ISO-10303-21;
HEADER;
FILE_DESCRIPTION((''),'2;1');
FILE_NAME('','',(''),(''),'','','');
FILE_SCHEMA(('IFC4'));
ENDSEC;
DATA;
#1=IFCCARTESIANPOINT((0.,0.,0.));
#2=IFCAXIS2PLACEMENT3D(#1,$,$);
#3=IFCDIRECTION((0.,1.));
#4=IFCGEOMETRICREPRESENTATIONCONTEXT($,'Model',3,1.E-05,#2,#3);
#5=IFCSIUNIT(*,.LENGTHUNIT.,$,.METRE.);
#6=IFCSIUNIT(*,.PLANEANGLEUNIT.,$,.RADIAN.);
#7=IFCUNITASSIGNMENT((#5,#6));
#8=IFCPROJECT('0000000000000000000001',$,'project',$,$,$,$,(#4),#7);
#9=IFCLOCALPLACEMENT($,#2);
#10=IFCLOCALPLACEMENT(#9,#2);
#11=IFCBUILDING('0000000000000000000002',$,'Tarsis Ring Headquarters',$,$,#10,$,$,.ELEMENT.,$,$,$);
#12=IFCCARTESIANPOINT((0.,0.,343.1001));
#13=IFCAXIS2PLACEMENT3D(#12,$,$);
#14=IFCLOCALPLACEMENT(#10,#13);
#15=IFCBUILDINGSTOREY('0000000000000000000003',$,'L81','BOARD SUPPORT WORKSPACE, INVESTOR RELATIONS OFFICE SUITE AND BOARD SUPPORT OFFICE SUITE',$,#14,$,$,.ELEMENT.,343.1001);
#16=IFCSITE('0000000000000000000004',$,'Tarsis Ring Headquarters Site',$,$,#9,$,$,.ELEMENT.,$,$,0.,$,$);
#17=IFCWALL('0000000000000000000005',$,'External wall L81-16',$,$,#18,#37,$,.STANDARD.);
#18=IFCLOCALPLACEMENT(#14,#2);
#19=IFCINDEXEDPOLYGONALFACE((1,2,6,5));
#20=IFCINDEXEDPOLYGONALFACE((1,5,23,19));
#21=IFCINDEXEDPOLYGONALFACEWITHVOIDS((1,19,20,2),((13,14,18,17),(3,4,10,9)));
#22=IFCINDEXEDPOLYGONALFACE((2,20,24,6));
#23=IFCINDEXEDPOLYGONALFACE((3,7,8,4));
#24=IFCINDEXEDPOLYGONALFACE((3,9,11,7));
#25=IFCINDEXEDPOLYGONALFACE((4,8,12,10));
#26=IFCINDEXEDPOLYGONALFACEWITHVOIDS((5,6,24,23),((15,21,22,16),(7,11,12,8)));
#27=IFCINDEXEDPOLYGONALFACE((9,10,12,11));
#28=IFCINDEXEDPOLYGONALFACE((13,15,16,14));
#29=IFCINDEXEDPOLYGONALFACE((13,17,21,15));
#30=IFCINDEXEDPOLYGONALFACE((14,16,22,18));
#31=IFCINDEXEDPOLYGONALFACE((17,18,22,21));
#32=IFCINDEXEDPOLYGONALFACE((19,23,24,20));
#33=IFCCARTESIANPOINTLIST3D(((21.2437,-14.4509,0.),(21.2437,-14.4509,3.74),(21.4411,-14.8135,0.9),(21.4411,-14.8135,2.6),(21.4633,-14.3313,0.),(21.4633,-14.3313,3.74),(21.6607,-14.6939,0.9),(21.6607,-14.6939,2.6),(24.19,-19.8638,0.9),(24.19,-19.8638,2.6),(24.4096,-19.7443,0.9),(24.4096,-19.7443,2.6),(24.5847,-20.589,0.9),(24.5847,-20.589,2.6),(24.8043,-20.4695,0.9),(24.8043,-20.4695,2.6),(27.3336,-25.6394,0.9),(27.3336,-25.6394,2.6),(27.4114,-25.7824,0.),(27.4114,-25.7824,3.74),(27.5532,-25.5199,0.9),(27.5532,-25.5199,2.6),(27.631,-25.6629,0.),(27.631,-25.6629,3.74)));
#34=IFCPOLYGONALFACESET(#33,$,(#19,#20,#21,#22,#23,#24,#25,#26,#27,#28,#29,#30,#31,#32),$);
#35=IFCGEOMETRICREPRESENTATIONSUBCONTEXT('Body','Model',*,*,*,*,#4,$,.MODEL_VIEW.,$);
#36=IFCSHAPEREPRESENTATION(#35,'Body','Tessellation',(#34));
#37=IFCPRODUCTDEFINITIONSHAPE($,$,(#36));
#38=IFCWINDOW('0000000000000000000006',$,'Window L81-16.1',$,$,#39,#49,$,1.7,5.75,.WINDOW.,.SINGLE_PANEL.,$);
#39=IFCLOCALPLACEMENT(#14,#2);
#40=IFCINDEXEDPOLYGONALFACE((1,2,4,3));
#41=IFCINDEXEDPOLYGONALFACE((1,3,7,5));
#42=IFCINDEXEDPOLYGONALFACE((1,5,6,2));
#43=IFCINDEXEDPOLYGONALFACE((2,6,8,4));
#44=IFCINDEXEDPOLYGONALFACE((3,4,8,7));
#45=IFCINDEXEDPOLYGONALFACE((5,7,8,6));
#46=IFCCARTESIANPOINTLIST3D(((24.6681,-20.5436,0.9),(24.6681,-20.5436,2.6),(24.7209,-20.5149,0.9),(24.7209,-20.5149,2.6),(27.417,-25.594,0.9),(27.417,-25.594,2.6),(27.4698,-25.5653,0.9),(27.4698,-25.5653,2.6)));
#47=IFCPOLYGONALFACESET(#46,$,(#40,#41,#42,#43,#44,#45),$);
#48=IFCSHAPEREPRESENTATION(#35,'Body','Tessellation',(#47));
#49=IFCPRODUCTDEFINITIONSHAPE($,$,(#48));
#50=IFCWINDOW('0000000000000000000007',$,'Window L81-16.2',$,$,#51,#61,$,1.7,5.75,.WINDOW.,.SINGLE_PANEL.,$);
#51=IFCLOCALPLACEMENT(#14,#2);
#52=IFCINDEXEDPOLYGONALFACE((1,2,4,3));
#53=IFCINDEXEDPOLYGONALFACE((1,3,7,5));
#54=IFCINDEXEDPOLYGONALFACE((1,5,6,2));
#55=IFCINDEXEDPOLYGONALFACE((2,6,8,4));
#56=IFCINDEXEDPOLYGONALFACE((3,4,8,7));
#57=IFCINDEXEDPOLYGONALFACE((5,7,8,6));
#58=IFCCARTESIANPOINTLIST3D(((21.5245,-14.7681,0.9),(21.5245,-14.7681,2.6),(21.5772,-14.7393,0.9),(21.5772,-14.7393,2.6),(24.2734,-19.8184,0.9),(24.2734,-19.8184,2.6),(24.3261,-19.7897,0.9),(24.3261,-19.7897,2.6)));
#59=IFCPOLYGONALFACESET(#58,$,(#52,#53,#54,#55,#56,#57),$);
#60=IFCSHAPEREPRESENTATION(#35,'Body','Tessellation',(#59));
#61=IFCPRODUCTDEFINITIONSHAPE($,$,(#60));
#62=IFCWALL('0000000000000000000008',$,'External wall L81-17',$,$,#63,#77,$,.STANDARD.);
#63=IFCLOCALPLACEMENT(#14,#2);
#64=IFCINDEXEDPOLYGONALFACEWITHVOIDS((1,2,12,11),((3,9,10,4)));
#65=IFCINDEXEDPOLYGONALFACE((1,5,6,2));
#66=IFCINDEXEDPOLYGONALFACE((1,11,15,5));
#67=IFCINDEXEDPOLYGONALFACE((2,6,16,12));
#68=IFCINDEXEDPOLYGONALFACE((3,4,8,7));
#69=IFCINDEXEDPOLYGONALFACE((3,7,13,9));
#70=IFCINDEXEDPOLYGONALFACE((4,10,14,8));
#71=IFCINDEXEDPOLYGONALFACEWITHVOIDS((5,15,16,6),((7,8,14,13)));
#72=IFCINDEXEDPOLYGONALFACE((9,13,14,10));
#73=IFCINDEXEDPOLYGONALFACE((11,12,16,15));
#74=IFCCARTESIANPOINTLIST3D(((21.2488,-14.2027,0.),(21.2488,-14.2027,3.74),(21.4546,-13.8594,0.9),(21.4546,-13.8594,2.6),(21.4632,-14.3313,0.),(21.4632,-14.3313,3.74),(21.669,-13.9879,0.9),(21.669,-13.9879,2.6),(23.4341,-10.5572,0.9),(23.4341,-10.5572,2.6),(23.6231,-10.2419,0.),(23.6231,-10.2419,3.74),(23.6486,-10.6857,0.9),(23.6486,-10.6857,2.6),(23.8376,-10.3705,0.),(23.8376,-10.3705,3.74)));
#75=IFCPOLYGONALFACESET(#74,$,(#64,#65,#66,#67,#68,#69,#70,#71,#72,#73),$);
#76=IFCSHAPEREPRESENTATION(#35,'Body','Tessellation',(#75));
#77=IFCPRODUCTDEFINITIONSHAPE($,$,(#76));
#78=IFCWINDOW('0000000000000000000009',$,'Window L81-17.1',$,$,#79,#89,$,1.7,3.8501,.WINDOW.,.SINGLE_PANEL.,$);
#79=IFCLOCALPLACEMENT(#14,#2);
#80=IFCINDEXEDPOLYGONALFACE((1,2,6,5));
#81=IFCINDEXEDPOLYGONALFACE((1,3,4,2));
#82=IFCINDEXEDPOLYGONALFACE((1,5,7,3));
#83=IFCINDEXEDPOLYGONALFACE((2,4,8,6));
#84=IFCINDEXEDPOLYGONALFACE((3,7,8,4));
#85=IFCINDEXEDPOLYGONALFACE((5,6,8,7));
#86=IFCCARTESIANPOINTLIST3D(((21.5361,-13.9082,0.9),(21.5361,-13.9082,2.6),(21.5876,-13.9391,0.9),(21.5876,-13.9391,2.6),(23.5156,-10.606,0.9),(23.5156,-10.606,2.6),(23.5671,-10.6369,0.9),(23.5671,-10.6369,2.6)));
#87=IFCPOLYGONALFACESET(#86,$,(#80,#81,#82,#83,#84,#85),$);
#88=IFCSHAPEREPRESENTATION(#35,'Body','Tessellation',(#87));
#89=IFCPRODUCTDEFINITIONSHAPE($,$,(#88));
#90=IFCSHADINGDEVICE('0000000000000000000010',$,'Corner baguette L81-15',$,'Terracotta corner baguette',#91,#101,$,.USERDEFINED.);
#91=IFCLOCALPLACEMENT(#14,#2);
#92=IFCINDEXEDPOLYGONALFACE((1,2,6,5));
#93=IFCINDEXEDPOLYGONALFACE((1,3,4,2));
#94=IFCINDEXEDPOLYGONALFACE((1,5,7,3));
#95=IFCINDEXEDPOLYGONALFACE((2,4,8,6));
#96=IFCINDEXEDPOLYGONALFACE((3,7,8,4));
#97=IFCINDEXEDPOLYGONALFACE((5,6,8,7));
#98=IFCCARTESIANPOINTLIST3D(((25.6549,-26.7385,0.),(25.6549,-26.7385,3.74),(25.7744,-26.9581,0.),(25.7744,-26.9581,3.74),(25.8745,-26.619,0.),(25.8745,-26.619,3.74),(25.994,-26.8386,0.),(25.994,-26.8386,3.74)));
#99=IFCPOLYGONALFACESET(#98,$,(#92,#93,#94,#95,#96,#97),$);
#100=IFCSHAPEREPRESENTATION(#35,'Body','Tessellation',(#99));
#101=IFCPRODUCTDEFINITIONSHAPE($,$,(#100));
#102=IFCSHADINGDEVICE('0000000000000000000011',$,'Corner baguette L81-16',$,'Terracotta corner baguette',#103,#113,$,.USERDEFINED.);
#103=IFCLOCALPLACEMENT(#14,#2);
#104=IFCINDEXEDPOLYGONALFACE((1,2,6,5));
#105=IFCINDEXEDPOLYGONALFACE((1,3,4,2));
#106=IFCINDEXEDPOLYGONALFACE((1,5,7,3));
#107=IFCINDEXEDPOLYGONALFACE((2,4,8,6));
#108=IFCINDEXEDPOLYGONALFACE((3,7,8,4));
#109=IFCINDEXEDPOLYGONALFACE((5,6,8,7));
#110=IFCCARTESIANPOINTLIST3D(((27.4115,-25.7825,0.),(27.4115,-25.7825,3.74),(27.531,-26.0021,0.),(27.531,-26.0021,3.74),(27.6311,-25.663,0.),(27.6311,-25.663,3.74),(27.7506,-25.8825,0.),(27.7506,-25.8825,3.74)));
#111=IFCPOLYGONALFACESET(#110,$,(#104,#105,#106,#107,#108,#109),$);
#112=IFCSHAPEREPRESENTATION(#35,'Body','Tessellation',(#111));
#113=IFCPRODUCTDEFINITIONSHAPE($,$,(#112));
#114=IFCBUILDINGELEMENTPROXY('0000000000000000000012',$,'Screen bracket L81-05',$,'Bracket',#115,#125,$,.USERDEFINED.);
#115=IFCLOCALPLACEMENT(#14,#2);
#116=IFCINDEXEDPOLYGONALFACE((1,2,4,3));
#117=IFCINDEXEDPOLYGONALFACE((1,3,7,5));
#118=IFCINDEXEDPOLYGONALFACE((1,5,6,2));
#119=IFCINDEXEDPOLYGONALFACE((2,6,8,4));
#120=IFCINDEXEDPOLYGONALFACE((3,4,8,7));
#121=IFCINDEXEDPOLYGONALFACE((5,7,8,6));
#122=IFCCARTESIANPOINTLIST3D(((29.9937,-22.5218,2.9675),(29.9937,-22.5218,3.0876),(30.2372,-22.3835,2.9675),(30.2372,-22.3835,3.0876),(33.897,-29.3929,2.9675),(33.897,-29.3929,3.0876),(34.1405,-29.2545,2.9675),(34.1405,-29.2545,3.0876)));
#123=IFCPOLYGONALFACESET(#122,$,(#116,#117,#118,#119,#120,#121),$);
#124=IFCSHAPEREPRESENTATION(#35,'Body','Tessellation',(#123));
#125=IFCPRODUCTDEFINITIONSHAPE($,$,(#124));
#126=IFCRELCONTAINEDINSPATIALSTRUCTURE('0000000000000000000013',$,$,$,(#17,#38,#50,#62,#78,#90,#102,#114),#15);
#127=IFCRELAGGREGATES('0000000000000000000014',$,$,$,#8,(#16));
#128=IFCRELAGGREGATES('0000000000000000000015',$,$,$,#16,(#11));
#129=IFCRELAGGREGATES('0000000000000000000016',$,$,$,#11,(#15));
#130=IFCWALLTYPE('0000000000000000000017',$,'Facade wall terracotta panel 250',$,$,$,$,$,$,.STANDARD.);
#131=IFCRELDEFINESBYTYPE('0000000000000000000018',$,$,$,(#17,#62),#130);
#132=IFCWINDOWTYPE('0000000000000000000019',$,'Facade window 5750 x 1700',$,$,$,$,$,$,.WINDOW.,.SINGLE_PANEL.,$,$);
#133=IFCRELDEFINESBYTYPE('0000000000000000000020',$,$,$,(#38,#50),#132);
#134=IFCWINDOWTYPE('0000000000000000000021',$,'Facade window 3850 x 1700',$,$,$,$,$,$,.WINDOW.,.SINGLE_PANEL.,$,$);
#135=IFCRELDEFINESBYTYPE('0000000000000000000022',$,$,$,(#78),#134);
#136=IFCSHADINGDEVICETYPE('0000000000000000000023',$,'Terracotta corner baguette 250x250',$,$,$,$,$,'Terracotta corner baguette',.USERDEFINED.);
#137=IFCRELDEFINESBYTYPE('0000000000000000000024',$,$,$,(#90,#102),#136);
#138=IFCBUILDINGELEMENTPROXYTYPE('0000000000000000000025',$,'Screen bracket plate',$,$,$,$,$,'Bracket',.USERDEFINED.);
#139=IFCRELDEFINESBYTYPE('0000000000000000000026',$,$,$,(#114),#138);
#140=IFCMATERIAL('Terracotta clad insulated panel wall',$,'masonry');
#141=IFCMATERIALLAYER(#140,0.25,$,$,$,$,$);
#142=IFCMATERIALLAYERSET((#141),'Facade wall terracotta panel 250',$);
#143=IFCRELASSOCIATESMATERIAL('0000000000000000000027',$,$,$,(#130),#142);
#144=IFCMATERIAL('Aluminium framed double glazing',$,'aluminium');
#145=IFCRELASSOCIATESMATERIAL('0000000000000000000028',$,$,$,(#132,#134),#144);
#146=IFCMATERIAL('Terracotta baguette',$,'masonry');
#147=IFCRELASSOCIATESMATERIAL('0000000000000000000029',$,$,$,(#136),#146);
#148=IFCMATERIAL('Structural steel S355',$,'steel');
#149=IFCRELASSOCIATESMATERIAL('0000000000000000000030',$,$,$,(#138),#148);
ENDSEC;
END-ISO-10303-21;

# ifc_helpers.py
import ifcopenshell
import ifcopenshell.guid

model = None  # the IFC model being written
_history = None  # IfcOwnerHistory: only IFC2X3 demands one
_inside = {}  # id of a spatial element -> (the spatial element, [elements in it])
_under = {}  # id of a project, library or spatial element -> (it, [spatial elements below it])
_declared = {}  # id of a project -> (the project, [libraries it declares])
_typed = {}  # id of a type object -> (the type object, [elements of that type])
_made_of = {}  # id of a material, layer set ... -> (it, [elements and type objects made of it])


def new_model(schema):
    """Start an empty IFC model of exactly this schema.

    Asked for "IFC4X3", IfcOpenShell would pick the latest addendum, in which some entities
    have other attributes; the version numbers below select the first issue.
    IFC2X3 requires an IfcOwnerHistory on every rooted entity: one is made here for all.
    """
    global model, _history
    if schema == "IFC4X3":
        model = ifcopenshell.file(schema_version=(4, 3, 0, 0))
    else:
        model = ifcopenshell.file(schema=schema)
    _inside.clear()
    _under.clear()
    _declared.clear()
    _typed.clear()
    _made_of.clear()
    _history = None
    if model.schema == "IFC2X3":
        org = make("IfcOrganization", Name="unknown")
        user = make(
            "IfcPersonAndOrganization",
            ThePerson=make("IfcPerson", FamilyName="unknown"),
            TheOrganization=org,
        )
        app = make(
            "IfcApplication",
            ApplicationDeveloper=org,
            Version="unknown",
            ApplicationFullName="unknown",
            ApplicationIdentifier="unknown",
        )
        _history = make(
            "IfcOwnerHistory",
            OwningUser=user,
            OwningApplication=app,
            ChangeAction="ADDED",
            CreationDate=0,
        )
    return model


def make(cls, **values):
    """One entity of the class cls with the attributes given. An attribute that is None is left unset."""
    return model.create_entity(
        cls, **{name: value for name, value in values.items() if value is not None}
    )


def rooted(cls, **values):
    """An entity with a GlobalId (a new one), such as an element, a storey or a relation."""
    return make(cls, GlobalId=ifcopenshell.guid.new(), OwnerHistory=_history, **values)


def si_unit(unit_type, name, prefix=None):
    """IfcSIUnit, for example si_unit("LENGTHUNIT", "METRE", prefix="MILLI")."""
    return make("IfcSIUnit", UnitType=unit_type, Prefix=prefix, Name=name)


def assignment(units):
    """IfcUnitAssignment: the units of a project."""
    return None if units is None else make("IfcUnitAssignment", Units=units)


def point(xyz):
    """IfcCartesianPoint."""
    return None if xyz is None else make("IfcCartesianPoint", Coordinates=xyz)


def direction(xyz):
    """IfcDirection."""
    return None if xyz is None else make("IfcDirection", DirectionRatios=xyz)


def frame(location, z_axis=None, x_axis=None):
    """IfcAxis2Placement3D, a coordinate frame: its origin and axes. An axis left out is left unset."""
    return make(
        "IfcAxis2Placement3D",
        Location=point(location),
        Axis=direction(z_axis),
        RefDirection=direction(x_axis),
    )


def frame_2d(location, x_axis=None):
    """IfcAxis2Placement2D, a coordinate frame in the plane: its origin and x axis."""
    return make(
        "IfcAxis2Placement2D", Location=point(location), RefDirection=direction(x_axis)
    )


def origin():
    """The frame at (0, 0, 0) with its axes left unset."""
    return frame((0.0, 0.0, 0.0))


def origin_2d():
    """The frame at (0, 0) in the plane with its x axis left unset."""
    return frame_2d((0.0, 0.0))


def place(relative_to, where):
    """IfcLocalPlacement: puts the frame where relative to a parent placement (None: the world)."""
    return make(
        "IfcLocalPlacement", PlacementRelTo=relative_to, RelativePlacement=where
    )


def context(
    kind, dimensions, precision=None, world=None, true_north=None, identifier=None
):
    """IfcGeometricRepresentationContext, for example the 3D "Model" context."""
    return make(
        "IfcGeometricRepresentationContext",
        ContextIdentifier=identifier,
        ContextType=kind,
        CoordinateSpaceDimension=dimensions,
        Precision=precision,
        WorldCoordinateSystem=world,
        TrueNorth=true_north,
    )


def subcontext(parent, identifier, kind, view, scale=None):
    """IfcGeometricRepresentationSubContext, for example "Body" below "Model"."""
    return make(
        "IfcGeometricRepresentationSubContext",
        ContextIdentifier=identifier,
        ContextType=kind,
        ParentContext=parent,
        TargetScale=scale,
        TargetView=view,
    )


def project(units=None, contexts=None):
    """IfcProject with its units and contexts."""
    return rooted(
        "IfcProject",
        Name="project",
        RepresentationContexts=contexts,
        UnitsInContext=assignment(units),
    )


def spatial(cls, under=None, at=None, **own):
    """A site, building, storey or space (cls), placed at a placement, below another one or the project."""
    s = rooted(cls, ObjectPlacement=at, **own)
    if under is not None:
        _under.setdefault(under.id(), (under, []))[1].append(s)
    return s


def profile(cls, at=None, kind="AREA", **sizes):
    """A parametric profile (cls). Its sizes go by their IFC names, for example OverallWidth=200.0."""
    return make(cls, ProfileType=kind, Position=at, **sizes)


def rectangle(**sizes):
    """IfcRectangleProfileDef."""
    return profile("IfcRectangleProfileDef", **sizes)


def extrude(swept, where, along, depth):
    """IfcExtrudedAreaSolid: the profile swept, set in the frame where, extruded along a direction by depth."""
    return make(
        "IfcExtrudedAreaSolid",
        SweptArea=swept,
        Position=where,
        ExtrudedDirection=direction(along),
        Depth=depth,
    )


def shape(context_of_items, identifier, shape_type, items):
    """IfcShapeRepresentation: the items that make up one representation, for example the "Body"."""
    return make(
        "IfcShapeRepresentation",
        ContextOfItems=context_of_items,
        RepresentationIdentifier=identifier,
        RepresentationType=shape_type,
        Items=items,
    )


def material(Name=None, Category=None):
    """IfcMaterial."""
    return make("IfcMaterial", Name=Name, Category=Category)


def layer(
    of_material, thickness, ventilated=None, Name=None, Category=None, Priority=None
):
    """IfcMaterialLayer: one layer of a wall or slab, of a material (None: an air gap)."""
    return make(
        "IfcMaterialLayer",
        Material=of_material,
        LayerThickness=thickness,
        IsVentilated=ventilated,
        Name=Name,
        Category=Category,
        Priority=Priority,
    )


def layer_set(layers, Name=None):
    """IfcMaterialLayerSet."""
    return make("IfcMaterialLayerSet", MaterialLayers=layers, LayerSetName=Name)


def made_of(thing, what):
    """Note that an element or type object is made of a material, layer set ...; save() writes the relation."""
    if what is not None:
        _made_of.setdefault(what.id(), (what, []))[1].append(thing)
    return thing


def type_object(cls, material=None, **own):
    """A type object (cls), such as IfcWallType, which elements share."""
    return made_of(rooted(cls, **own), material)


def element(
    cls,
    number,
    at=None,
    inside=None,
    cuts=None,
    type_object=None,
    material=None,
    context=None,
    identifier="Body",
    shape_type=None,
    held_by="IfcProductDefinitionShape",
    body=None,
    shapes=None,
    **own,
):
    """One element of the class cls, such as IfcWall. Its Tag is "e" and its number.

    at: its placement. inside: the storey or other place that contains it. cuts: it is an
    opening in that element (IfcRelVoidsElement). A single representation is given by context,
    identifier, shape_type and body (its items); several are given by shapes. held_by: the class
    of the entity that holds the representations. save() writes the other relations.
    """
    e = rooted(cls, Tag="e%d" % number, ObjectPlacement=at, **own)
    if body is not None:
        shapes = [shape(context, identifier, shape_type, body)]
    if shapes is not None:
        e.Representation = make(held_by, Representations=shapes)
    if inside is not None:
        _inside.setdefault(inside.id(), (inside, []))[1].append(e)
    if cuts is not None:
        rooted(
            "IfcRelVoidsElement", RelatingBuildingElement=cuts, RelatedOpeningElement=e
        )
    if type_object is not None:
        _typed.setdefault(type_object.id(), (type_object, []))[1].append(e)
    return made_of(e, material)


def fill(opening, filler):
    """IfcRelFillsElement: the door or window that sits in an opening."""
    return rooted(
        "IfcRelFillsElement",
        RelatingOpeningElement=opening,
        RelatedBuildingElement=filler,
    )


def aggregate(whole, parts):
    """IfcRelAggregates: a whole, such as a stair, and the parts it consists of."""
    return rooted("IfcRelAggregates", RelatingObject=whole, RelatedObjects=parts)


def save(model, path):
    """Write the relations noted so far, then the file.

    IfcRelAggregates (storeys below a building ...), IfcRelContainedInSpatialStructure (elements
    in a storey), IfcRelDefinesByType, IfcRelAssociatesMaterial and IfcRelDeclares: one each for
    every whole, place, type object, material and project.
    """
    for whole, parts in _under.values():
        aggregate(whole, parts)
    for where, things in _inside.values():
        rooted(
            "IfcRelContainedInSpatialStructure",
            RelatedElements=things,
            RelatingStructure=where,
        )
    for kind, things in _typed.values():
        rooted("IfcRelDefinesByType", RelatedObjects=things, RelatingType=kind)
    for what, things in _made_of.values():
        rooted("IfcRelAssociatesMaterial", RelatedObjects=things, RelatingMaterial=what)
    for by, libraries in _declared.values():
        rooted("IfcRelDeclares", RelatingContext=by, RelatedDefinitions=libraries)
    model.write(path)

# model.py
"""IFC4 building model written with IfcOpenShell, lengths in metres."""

from ifc_helpers import new_model, si_unit, direction, frame, frame_2d, origin, origin_2d, place, context, subcontext, project, spatial, rectangle, extrude, material, layer, layer_set, type_object, element, fill, save


model = new_model("IFC4")

# Units and contexts
model_context = context("Model", 3, precision=1e-05, world=origin(), true_north=direction((0.0, 1.0)))
body_context = subcontext(model_context, "Body", "Model", "MODEL_VIEW")
ifc_project = project(units=[si_unit("LENGTHUNIT", "METRE"), si_unit("PLANEANGLEUNIT", "RADIAN")], contexts=[model_context])

# Site, building, storey
site_placement = place(None, origin())
site = spatial("IfcSite", under=ifc_project, at=site_placement, Name="Tarsis Ring Headquarters Site", CompositionType="ELEMENT", RefElevation=0.0)
building_placement = place(site_placement, origin())
building = spatial("IfcBuilding", under=site, at=building_placement, Name="Tarsis Ring Headquarters", CompositionType="ELEMENT")
storey_placement = place(building_placement, frame((0.0, 0.0, 343.1001)))
storey = spatial("IfcBuildingStorey", under=building, at=storey_placement, Name="L81", Description="BOARD SUPPORT WORKSPACE, INVESTOR RELATIONS OFFICE SUITE AND BOARD SUPPORT OFFICE SUITE", CompositionType="ELEMENT", Elevation=343.1001)

# Shared definitions
ifc_material_1 = material(Name="Structural steel S355", Category="steel")

# Shared definitions
ifc_material_2 = material(Name="Terracotta clad insulated panel wall", Category="masonry")
ifc_layer_1 = layer(ifc_material_2, 0.25)
ifc_layer_set_1 = layer_set([ifc_layer_1], Name="Facade wall terracotta panel 250")
wall_type_1 = type_object("IfcWallType", Name="Facade wall terracotta panel 250", PredefinedType="STANDARD", material=ifc_layer_set_1)

# Wall, openings, windows
wall_1_placement = place(storey_placement, frame((27.5212, -25.7227, 0.0), z_axis=(0.0, 0.0, 1.0), x_axis=(-0.478068, 0.878323, 0.0)))
wall_1 = element("IfcWall", 1, at=wall_1_placement, inside=storey, type_object=wall_type_1, Name="External wall L81-16", PredefinedType="STANDARD", context=body_context, shape_type="SweptSolid", body=[
    extrude(rectangle(XDim=12.9014, YDim=0.25, at=frame_2d((6.4507, 0.0))), origin(), (0.0, 0.0, 1.0), 3.74),
])
opening_1_placement = place(wall_1_placement, frame((0.1628, 0.0, 0.8999)))
opening_1 = element("IfcOpeningElement", 2, at=opening_1_placement, cuts=wall_1, PredefinedType="OPENING", context=body_context, shape_type="SweptSolid", body=[
    extrude(rectangle(XDim=5.75, YDim=1.7, at=frame_2d((2.875, 0.8501))), frame((0.0, 0.135, 0.0), z_axis=(0.0, -1.0, 0.0), x_axis=(1.0, 0.0, 0.0)), (0.0, 0.0, 1.0), 0.27),
])
opening_2_placement = place(wall_1_placement, frame((6.7385, 0.0, 0.8999)))
opening_2 = element("IfcOpeningElement", 3, at=opening_2_placement, cuts=wall_1, PredefinedType="OPENING", context=body_context, shape_type="SweptSolid", body=[
    extrude(rectangle(XDim=5.75, YDim=1.7, at=frame_2d((2.875, 0.8501))), frame((0.0, 0.135, 0.0), z_axis=(0.0, -1.0, 0.0), x_axis=(1.0, 0.0, 0.0)), (0.0, 0.0, 1.0), 0.27),
])
ifc_material_3 = material(Name="Aluminium framed double glazing", Category="aluminium")
window_type_1 = type_object("IfcWindowType", Name="Facade window 5750 x 1700", PartitioningType="SINGLE_PANEL", PredefinedType="WINDOW", material=ifc_material_3)
window_1_placement = place(opening_1_placement, origin())
window_1 = element("IfcWindow", 4, at=window_1_placement, inside=storey, type_object=window_type_1, Name="Window L81-16.1", OverallHeight=1.7, OverallWidth=5.75, PartitioningType="SINGLE_PANEL", PredefinedType="WINDOW", context=body_context, shape_type="SweptSolid", body=[
    extrude(rectangle(XDim=5.75, YDim=1.7, at=frame_2d((2.875, 0.8501))), frame((0.0, 0.03, 0.0), z_axis=(0.0, -1.0, 0.0), x_axis=(1.0, 0.0, 0.0)), (0.0, 0.0, 1.0), 0.0601),
])
fill(opening_1, window_1)
window_2_placement = place(opening_2_placement, origin())
window_2 = element("IfcWindow", 5, at=window_2_placement, inside=storey, type_object=window_type_1, Name="Window L81-16.2", OverallHeight=1.7, OverallWidth=5.75, PartitioningType="SINGLE_PANEL", PredefinedType="WINDOW", context=body_context, shape_type="SweptSolid", body=[
    extrude(rectangle(XDim=5.75, YDim=1.7, at=frame_2d((2.875, 0.8501))), frame((0.0, 0.03, 0.0), z_axis=(0.0, -1.0, 0.0), x_axis=(1.0, 0.0, 0.0)), (0.0, 0.0, 1.0), 0.0601),
])
fill(opening_2, window_2)

# Wall, opening, window
wall_2_placement = place(storey_placement, frame((21.356, -14.2671, 0.0), z_axis=(0.0, 0.0, 1.0), x_axis=(0.514154, 0.857698, 0.0)))
wall_2 = element("IfcWall", 6, at=wall_2_placement, inside=storey, type_object=wall_type_1, Name="External wall L81-17", PredefinedType="STANDARD", context=body_context, shape_type="SweptSolid", body=[
    extrude(rectangle(XDim=4.6179, YDim=0.25, at=frame_2d((2.3091, 0.0))), origin(), (0.0, 0.0, 1.0), 3.74),
])
opening_3_placement = place(wall_2_placement, frame((0.4004, 0.0, 0.8999)))
opening_3 = element("IfcOpeningElement", 7, at=opening_3_placement, cuts=wall_2, PredefinedType="OPENING", context=body_context, shape_type="SweptSolid", body=[
    extrude(rectangle(XDim=3.8501, YDim=1.7, at=frame_2d((1.925, 0.8501))), frame((0.0, 0.135, 0.0), z_axis=(0.0, -1.0, 0.0), x_axis=(1.0, 0.0, 0.0)), (0.0, 0.0, 1.0), 0.27),
])
window_type_2 = type_object("IfcWindowType", Name="Facade window 3850 x 1700", PartitioningType="SINGLE_PANEL", PredefinedType="WINDOW", material=ifc_material_3)
window_3_placement = place(opening_3_placement, origin())
window_3 = element("IfcWindow", 8, at=window_3_placement, inside=storey, type_object=window_type_2, Name="Window L81-17.1", OverallHeight=1.7, OverallWidth=3.8501, PartitioningType="SINGLE_PANEL", PredefinedType="WINDOW", context=body_context, shape_type="SweptSolid", body=[
    extrude(rectangle(XDim=3.8501, YDim=1.7, at=frame_2d((1.925, 0.8501))), frame((0.0, 0.03, 0.0), z_axis=(0.0, -1.0, 0.0), x_axis=(1.0, 0.0, 0.0)), (0.0, 0.0, 1.0), 0.0601),
])
fill(opening_3, window_3)

# Shading devices
ifc_material_4 = material(Name="Terracotta baguette", Category="masonry")
shading_device_type_1 = type_object("IfcShadingDeviceType", Name="Terracotta corner baguette 250x250", ElementType="Terracotta corner baguette", PredefinedType="USERDEFINED", material=ifc_material_4)
for number, where, z_axis, x_axis, name in (
    (9, (25.8245, -26.7886, 0.0), (0.0, 0.0, 1.0), (-0.478079, 0.878317, 0.0), "Corner baguette L81-15"),
    (10, (27.5811, -25.8325, 0.0), (0.0, 0.0, 1.0), (0.878317, 0.478079, 0.0), "Corner baguette L81-16"),
):
    element("IfcShadingDevice", number, at=place(storey_placement, frame(where, z_axis=z_axis, x_axis=x_axis)), inside=storey, type_object=shading_device_type_1, Name=name, ObjectType="Terracotta corner baguette", PredefinedType="USERDEFINED", context=body_context, shape_type="SweptSolid", body=[
        extrude(rectangle(XDim=0.25, YDim=0.25, at=origin_2d()), origin(), (0.0, 0.0, 1.0), 3.74),
    ])

# Building element proxy
building_element_proxy_type = type_object("IfcBuildingElementProxyType", Name="Screen bracket plate", ElementType="Bracket", PredefinedType="USERDEFINED", material=ifc_material_1)
proxy_placement = place(storey_placement, frame((32.0671, -25.8882, 2.9675), z_axis=(0.0, 0.0, 1.0), x_axis=(-0.493942, 0.869495, 0.0)))
element("IfcBuildingElementProxy", 11, at=proxy_placement, inside=storey, type_object=building_element_proxy_type, Name="Screen bracket L81-05", ObjectType="Bracket", PredefinedType="USERDEFINED", context=body_context, shape_type="SweptSolid", body=[
    extrude(rectangle(XDim=7.9023, YDim=0.28, at=origin_2d()), origin(), (0.0, 0.0, 1.0), 0.1201),
])

save(model, "model.ifc")
